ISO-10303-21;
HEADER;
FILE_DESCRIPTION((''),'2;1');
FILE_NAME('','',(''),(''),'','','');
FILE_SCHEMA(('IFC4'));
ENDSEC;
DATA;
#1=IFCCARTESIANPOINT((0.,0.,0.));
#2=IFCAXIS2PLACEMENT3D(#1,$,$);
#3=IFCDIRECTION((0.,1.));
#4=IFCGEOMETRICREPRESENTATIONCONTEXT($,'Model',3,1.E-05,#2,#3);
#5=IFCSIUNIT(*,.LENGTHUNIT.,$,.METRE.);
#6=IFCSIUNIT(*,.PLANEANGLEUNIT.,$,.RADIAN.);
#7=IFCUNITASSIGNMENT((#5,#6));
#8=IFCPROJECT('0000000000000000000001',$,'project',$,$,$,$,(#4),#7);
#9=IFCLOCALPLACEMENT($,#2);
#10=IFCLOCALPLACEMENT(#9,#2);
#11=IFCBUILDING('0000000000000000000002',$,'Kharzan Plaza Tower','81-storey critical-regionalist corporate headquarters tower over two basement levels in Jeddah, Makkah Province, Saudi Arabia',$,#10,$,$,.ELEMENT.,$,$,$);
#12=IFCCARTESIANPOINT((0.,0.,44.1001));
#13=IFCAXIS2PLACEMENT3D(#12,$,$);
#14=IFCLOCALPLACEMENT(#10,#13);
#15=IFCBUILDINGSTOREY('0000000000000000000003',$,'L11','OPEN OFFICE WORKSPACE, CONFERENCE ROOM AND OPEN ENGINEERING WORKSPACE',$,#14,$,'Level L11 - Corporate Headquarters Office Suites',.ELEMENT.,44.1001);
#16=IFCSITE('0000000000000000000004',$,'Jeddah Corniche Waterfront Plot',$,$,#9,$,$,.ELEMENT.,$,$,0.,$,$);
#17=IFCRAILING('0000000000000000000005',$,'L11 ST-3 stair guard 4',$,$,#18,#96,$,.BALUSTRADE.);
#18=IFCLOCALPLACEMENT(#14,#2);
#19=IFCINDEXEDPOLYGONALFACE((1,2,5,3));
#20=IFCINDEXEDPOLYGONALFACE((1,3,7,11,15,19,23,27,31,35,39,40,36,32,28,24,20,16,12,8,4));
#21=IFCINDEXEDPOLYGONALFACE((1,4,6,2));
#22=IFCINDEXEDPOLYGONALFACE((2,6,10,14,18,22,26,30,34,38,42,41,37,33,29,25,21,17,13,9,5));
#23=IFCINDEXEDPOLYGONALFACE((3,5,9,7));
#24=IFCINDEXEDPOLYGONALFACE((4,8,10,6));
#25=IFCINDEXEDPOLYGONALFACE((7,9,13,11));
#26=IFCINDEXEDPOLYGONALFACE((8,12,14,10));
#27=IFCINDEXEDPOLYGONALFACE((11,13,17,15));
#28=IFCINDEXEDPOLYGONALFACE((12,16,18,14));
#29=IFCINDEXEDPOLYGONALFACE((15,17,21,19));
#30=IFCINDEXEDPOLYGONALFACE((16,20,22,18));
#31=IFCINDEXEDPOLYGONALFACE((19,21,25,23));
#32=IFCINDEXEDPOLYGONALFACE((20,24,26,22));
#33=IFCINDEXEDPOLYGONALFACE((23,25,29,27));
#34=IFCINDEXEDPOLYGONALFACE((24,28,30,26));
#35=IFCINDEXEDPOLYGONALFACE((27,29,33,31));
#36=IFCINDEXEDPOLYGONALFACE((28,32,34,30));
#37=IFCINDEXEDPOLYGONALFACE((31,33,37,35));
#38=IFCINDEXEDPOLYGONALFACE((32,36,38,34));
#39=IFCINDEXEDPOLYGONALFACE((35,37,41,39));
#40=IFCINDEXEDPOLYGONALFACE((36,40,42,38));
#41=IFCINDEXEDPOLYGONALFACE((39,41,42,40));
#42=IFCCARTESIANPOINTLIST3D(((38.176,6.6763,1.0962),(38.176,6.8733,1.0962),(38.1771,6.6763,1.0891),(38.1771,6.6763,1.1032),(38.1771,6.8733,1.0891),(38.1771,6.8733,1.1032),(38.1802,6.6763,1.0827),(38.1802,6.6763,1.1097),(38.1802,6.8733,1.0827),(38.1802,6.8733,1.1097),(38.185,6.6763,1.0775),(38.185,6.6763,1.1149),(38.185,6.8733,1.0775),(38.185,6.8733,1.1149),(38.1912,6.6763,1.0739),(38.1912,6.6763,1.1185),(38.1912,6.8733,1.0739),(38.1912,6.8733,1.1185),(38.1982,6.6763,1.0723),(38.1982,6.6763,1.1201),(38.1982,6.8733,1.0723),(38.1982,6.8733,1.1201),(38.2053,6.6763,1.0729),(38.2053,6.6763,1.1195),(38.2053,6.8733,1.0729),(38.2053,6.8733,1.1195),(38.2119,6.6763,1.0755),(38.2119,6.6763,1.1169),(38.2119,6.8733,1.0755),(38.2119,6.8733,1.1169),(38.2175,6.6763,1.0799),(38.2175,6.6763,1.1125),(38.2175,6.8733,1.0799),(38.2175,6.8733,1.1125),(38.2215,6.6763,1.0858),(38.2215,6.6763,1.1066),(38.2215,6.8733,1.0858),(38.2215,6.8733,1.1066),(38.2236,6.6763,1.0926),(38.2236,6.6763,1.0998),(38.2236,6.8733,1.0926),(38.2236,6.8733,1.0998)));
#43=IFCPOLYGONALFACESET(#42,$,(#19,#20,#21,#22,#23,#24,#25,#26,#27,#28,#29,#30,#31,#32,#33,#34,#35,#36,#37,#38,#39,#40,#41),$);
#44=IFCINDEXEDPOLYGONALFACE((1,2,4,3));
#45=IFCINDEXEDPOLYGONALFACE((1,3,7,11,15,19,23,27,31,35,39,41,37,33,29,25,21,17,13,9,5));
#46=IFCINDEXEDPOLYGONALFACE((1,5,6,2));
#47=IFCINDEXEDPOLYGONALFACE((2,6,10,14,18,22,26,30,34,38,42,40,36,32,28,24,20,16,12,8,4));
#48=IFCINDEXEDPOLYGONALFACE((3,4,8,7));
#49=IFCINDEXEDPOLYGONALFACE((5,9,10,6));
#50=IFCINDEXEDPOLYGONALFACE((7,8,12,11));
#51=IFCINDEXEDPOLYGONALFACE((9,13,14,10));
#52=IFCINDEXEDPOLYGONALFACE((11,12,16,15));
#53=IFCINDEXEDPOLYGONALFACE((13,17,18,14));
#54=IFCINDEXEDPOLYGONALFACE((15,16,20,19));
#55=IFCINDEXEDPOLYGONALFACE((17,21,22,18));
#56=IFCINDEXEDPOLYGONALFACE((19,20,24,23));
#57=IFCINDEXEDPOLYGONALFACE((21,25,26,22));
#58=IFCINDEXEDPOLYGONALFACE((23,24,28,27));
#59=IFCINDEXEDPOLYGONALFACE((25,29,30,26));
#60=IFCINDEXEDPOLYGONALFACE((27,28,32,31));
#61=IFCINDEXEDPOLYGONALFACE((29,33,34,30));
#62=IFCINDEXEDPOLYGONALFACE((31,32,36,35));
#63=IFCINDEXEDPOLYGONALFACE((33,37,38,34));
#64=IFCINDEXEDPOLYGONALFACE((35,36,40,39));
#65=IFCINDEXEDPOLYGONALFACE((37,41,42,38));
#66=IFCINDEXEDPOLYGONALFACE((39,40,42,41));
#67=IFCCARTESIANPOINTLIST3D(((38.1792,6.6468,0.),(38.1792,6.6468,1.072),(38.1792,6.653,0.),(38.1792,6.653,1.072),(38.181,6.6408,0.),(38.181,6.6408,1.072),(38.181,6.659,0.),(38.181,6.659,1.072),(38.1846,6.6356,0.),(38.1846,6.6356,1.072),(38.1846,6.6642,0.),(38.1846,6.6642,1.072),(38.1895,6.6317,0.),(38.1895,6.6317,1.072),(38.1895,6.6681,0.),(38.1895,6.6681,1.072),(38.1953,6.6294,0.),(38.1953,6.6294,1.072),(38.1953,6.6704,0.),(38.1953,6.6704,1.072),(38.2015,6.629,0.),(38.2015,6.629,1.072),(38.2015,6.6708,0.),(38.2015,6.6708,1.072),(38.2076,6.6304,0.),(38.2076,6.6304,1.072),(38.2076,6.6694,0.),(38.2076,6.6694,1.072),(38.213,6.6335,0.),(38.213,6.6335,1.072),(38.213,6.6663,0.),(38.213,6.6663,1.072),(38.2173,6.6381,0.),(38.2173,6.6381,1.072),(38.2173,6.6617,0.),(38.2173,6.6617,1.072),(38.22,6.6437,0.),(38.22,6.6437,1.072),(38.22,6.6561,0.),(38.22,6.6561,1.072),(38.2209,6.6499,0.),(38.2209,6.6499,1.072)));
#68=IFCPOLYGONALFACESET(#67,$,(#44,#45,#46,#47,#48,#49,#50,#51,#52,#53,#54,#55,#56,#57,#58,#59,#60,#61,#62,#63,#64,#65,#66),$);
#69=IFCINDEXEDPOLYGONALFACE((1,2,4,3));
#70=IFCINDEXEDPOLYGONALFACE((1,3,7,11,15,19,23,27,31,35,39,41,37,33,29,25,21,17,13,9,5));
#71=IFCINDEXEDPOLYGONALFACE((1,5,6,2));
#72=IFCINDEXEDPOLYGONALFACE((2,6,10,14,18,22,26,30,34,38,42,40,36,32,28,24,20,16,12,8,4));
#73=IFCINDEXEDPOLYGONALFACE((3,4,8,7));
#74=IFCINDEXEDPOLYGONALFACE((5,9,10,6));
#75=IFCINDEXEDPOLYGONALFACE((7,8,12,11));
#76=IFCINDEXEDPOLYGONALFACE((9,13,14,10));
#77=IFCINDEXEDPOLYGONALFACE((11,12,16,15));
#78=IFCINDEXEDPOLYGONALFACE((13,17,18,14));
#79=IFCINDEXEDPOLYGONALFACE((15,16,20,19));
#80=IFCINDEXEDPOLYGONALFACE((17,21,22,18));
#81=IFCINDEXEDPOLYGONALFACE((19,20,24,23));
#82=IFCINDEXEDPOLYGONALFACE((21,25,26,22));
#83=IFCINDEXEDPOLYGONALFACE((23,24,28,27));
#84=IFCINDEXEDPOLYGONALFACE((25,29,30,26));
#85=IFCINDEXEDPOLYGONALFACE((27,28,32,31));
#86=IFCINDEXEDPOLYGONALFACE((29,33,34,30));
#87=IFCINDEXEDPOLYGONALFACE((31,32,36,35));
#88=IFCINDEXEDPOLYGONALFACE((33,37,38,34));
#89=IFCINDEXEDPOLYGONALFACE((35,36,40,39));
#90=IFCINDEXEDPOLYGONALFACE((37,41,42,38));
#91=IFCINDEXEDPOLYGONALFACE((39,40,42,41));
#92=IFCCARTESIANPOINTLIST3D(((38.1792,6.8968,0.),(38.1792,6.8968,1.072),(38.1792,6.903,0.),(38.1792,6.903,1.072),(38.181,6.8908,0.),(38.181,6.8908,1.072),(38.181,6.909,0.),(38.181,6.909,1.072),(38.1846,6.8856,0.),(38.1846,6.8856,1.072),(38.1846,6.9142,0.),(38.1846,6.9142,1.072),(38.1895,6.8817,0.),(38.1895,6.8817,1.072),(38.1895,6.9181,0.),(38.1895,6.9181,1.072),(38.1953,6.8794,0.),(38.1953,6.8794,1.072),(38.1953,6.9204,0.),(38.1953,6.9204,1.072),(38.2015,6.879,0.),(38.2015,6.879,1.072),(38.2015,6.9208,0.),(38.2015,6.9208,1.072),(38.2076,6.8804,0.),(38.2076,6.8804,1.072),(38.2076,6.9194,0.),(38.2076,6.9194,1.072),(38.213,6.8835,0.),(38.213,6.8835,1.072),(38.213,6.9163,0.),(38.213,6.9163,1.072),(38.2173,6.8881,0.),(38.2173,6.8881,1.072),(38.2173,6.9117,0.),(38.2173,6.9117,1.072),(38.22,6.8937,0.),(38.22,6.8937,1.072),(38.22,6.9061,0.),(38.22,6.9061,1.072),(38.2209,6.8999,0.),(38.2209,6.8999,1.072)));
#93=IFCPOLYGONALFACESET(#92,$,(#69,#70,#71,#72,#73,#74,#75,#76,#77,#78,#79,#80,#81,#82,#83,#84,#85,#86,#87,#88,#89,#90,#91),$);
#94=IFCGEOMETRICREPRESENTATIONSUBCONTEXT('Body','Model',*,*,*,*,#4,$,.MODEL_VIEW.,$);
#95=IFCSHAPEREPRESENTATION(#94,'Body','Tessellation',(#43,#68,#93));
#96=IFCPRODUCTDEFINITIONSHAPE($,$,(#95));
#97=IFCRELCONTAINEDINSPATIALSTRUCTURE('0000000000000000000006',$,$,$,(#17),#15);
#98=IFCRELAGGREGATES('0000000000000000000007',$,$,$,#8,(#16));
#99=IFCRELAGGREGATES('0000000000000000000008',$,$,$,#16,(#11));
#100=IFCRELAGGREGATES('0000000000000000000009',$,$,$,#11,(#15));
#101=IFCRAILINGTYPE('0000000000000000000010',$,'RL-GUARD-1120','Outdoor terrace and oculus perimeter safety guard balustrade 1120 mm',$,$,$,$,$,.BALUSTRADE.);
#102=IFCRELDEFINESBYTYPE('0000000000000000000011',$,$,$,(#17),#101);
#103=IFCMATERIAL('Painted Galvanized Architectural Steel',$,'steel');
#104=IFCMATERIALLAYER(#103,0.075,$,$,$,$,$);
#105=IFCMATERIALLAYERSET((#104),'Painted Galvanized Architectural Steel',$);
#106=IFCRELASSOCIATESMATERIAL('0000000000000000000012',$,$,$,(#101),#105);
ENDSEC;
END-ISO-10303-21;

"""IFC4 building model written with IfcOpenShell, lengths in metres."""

from ifc_helpers import new_model, si_unit, direction, frame, origin, origin_2d, place, context, subcontext, project, spatial, circle, extrude, source, transform, mapped, material, layer, layer_set, type_object, element, save


model = new_model("IFC4")

# Units and contexts
model_context = context("Model", 3, precision=1e-05, world=origin(), true_north=direction((0.0, 1.0)))
body_context = subcontext(model_context, "Body", "Model", "MODEL_VIEW")
ifc_project = project(units=[si_unit("LENGTHUNIT", "METRE"), si_unit("PLANEANGLEUNIT", "RADIAN")], contexts=[model_context])

# Site, building, storey
site_placement = place(None, origin())
site = spatial("IfcSite", under=ifc_project, at=site_placement, Name="Jeddah Corniche Waterfront Plot", CompositionType="ELEMENT", RefElevation=0.0)
building_placement = place(site_placement, origin())
building = spatial("IfcBuilding", under=site, at=building_placement, Name="Kharzan Plaza Tower", Description="81-storey critical-regionalist corporate headquarters tower over two basement levels in Jeddah, Makkah Province, Saudi Arabia", CompositionType="ELEMENT")
storey_placement = place(building_placement, frame((0.0, 0.0, 44.1001)))
storey = spatial("IfcBuildingStorey", under=building, at=storey_placement, Name="L11", Description="OPEN OFFICE WORKSPACE, CONFERENCE ROOM AND OPEN ENGINEERING WORKSPACE", LongName="Level L11 - Corporate Headquarters Office Suites", CompositionType="ELEMENT", Elevation=44.1001)

# Railing
ifc_material_1 = material(Name="Painted Galvanized Architectural Steel", Category="steel")
ifc_layer_1 = layer(ifc_material_1, 0.075)
ifc_layer_set_1 = layer_set([ifc_layer_1], Name="Painted Galvanized Architectural Steel")
railing_type_1 = type_object("IfcRailingType", Name="RL-GUARD-1120", Description="Outdoor terrace and oculus perimeter safety guard balustrade 1120 mm", PredefinedType="BALUSTRADE", material=ifc_layer_set_1)
shared_shape_1 = source(origin(), body_context, "Body", "SweptSolid", [
    extrude(circle(Radius=0.0239, at=origin_2d()), frame((0.0, 0.0264, 1.0962), z_axis=(0.0, 1.0, 0.0), x_axis=(-1.0, 0.0, 0.0)), (0.0, 0.0, 1.0), 0.197),
    extrude(circle(Radius=0.021, at=origin_2d()), origin(), (0.0, 0.0, 1.0), 1.072),
    extrude(circle(Radius=0.021, at=origin_2d()), frame((0.0, 0.25, 0.0)), (0.0, 0.0, 1.0), 1.072),
])
for number, where, name in (
    (1, (38.2, 6.6499, 0.0), "L11 ST-3 stair guard 4"),
):
    element("IfcRailing", number, at=place(storey_placement, frame(where)), inside=storey, type_object=railing_type_1, Name=name, PredefinedType="BALUSTRADE", context=body_context, shape_type="MappedRepresentation", body=[
        mapped(shared_shape_1, transform((0.0, 0.0, 0.0), x_axis=(1.0, 0.0, 0.0), y_axis=(0.0, 1.0, 0.0), z_axis=(0.0, 0.0, 1.0))),
    ])

save(model, "model.ifc")
